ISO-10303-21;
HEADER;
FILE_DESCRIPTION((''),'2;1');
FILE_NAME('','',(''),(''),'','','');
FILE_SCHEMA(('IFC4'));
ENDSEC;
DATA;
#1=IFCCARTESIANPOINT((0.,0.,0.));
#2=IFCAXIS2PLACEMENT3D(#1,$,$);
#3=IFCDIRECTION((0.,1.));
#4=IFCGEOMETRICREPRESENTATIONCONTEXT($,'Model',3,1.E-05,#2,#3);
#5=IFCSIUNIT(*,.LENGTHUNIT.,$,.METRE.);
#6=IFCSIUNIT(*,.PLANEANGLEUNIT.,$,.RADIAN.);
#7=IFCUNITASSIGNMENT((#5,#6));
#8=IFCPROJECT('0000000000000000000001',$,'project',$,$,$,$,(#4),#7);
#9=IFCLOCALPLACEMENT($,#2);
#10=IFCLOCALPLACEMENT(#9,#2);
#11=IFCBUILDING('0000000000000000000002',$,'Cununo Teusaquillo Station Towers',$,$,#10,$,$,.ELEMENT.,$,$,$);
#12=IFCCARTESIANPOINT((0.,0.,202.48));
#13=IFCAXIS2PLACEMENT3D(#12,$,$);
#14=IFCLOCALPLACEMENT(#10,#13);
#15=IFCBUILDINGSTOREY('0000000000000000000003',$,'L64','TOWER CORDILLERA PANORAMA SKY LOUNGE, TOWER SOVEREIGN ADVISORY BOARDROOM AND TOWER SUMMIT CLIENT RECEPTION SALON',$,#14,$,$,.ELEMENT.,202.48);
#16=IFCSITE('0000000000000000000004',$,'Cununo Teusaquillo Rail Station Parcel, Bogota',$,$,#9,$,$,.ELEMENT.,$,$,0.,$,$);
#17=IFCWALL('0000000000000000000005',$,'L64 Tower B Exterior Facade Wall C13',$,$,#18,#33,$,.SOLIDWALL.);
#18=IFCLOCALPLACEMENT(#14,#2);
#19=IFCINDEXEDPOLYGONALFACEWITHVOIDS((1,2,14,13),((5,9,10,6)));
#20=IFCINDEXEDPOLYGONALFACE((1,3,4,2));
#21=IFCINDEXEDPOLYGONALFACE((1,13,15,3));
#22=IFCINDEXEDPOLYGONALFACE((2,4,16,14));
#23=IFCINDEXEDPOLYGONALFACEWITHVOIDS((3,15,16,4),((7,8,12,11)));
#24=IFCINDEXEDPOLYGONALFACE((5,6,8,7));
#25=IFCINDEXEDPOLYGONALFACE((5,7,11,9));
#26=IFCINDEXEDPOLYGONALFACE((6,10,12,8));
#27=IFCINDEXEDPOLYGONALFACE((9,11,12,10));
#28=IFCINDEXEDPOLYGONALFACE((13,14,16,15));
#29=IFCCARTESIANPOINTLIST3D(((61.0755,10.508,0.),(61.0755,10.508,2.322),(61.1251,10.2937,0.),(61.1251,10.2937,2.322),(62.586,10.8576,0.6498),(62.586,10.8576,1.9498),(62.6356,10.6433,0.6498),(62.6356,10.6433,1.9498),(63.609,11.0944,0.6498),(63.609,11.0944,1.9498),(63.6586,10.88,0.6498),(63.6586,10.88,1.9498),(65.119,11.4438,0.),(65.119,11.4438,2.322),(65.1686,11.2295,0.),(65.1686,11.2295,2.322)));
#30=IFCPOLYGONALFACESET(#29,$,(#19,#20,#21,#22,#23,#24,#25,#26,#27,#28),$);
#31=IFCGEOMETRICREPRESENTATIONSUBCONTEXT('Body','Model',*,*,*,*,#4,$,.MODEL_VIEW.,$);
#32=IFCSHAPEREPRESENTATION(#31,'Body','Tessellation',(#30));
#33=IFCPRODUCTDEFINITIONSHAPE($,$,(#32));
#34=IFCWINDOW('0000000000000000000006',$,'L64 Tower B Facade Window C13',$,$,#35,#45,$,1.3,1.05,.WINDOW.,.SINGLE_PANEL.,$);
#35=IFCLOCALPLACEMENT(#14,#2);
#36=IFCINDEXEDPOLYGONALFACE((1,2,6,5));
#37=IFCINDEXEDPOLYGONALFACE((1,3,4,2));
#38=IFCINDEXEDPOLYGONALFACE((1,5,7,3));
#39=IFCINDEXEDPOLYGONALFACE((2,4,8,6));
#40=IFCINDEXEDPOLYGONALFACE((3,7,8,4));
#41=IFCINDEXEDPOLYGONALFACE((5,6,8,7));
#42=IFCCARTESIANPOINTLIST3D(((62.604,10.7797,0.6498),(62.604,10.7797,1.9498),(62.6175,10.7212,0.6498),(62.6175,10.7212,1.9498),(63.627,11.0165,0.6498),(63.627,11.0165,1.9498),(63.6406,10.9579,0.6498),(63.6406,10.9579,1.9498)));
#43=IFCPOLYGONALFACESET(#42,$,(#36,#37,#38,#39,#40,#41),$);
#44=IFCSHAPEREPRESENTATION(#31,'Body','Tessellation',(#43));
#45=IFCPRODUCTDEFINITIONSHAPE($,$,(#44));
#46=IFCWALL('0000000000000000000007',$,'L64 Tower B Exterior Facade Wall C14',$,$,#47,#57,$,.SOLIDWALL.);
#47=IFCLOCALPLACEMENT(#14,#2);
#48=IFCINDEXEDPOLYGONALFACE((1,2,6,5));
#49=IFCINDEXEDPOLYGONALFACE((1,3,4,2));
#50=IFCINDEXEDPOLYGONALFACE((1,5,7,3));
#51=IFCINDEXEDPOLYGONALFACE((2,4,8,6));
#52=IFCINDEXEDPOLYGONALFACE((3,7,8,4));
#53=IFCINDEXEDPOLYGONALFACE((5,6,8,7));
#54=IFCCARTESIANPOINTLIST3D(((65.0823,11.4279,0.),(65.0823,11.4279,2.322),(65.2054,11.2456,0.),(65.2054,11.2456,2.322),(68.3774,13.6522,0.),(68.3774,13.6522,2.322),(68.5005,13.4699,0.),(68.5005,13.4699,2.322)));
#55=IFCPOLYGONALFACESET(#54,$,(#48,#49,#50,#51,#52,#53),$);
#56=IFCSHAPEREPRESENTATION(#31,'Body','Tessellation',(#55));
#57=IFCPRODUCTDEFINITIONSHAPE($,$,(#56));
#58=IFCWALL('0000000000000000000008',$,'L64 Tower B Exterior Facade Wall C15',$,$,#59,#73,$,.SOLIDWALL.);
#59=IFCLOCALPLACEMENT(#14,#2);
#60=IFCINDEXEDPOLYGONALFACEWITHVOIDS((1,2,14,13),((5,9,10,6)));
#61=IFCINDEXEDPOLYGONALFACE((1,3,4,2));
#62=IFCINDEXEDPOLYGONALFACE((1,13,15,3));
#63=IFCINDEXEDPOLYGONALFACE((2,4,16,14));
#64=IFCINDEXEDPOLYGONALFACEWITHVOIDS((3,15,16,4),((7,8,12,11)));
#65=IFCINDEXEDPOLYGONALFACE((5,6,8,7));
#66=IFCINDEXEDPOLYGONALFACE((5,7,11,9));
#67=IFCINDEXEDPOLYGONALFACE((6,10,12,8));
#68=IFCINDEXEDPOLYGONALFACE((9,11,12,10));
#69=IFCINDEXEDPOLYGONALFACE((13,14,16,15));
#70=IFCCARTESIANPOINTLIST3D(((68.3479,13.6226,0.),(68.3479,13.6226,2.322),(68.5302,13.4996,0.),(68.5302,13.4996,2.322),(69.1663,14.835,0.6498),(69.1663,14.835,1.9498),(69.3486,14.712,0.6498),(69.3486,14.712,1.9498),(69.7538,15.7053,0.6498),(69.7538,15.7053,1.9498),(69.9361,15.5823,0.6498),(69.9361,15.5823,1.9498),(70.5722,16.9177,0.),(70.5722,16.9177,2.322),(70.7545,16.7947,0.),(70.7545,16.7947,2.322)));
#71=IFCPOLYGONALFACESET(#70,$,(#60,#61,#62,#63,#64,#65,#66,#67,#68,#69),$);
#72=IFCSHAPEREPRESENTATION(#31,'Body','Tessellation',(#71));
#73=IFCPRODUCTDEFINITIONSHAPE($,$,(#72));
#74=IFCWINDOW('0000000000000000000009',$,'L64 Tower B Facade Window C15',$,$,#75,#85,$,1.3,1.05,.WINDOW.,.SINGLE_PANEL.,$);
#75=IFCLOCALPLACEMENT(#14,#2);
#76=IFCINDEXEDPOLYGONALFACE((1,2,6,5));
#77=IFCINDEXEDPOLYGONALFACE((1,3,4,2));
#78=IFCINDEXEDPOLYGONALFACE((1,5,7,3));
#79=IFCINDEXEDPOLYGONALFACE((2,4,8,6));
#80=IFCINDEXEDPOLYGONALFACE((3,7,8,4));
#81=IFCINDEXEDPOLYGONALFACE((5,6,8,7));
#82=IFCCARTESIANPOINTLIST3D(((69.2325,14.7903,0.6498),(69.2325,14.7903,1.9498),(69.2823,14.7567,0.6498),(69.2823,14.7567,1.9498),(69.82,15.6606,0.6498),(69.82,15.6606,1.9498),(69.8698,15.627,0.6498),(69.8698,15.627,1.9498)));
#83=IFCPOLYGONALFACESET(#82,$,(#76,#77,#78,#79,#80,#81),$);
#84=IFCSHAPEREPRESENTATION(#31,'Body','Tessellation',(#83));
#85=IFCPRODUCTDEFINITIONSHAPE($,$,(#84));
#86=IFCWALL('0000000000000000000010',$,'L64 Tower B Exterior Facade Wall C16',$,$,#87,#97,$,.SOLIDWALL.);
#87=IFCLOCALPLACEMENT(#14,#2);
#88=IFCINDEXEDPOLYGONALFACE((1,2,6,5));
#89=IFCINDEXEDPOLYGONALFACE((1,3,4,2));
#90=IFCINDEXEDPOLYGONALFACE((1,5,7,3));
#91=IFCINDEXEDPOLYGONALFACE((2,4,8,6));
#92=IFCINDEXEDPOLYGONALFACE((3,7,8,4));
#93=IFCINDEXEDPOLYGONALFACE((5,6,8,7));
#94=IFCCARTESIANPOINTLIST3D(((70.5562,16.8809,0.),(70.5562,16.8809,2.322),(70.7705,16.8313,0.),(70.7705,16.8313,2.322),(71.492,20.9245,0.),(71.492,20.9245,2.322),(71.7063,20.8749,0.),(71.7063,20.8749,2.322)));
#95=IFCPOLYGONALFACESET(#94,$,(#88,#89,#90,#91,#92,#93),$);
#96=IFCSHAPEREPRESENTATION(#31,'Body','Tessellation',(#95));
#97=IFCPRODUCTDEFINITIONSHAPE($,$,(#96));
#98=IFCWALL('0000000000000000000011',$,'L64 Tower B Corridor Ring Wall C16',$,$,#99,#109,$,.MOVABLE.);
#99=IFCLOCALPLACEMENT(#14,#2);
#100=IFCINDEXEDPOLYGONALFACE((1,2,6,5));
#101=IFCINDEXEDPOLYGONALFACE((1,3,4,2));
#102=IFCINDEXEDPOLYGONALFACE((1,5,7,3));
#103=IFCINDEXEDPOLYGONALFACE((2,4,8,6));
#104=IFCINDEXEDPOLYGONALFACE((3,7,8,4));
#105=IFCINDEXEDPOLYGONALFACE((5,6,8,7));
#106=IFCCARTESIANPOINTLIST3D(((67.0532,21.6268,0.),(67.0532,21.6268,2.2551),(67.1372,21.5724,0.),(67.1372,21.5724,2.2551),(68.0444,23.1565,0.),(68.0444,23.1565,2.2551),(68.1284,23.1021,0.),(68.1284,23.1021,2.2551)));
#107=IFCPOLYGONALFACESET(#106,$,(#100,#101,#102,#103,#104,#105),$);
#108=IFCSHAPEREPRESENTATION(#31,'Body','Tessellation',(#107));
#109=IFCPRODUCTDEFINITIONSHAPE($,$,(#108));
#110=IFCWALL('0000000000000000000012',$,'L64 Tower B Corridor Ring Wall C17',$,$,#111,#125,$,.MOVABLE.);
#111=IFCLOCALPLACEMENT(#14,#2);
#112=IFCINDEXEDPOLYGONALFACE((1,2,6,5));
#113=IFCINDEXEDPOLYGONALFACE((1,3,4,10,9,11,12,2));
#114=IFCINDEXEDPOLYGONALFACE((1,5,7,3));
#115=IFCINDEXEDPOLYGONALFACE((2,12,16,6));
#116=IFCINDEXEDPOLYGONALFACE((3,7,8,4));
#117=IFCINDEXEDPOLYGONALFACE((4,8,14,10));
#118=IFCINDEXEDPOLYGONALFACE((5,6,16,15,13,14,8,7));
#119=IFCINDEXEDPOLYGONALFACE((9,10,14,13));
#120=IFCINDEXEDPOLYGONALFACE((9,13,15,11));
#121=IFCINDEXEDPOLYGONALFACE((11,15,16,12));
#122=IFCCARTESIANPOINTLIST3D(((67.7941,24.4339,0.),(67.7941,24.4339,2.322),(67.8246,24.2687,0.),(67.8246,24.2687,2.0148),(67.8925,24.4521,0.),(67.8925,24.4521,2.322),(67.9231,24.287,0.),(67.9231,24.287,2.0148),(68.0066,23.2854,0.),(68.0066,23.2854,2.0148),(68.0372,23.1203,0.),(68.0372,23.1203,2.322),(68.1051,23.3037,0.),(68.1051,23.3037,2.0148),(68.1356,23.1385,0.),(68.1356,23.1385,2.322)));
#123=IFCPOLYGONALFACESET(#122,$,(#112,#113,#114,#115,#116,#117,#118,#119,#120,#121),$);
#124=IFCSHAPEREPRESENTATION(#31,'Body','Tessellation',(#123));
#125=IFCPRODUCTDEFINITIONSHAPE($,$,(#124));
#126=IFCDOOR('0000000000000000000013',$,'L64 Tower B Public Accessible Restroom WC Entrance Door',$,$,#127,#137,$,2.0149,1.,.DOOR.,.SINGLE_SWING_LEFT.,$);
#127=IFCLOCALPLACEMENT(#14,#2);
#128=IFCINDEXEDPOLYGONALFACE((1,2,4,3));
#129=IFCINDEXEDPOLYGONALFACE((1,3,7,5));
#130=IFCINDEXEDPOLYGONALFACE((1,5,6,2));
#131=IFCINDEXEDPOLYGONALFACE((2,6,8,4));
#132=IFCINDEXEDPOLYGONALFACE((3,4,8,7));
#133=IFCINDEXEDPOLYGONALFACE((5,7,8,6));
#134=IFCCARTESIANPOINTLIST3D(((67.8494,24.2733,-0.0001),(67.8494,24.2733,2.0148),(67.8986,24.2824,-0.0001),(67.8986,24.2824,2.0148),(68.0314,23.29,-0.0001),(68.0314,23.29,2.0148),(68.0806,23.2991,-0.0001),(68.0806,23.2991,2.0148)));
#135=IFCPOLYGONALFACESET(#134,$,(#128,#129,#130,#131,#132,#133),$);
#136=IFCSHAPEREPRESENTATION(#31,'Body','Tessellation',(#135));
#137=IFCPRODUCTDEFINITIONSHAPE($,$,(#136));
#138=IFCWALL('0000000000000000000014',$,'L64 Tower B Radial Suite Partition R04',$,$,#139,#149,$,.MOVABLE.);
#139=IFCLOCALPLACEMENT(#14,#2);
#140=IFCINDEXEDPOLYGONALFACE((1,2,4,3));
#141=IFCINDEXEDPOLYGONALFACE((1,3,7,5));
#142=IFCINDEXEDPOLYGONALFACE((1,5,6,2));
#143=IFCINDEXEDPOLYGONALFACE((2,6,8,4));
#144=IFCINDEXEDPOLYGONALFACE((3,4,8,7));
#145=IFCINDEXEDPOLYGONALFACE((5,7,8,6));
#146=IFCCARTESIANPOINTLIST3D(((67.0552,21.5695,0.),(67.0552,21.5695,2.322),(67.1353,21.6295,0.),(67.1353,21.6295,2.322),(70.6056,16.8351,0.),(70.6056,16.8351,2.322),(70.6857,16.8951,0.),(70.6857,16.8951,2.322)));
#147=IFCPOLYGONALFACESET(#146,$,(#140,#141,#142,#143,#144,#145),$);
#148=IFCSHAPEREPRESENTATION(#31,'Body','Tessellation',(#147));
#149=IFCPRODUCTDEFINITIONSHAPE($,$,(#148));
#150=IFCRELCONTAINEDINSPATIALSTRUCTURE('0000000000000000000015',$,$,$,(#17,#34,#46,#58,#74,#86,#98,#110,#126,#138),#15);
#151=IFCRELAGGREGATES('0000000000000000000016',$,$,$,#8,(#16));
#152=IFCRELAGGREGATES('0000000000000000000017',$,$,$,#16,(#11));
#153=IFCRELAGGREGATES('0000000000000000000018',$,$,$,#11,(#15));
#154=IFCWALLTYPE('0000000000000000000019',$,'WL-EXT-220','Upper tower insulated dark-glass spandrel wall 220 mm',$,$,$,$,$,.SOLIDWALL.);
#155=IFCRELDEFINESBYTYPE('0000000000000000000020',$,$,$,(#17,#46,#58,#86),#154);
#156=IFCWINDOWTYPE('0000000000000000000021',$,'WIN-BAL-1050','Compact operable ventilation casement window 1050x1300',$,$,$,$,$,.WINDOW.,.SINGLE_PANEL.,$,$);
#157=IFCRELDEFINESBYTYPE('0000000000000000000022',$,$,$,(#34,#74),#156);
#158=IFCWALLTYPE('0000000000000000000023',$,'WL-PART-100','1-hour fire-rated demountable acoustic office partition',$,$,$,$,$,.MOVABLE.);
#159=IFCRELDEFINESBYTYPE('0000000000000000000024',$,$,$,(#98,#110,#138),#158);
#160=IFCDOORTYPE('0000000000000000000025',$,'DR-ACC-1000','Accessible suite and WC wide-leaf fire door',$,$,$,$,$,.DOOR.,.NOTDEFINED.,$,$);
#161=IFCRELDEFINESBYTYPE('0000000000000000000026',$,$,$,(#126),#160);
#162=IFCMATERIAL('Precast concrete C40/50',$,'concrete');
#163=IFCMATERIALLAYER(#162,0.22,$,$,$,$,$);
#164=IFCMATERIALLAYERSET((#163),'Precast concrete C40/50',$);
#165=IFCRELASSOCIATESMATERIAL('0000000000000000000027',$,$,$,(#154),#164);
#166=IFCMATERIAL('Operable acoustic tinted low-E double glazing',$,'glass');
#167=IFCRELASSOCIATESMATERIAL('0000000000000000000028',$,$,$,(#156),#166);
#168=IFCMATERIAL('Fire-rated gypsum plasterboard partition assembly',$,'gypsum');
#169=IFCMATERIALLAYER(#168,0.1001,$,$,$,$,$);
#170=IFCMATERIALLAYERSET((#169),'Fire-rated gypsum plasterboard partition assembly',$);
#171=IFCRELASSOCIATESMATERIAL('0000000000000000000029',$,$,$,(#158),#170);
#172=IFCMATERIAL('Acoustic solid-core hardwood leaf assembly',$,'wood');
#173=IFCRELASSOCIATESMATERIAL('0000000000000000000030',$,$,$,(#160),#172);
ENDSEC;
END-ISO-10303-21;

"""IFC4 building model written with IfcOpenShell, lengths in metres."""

from ifc_helpers import new_model, si_unit, direction, frame, frame_2d, origin, place, context, subcontext, project, spatial, rectangle, extrude, source, transform, mapped, material, layer, layer_set, type_object, element, fill, save


model = new_model("IFC4")

# Units and contexts
model_context = context("Model", 3, precision=1e-05, world=origin(), true_north=direction((0.0, 1.0)))
body_context = subcontext(model_context, "Body", "Model", "MODEL_VIEW")
ifc_project = project(units=[si_unit("LENGTHUNIT", "METRE"), si_unit("PLANEANGLEUNIT", "RADIAN")], contexts=[model_context])

# Site, building, storey
site_placement = place(None, origin())
site = spatial("IfcSite", under=ifc_project, at=site_placement, Name="Cununo Teusaquillo Rail Station Parcel, Bogota", CompositionType="ELEMENT", RefElevation=0.0)
building_placement = place(site_placement, origin())
building = spatial("IfcBuilding", under=site, at=building_placement, Name="Cununo Teusaquillo Station Towers", CompositionType="ELEMENT")
storey_placement = place(building_placement, frame((0.0, 0.0, 202.48)))
storey = spatial("IfcBuildingStorey", under=building, at=storey_placement, Name="L64", Description="TOWER CORDILLERA PANORAMA SKY LOUNGE, TOWER SOVEREIGN ADVISORY BOARDROOM AND TOWER SUMMIT CLIENT RECEPTION SALON", CompositionType="ELEMENT", Elevation=202.48)

# Wall, opening, window
ifc_material_1 = material(Name="Precast concrete C40/50", Category="concrete")
ifc_layer_1 = layer(ifc_material_1, 0.22)
ifc_layer_set_1 = layer_set([ifc_layer_1], Name="Precast concrete C40/50")
wall_type_1 = type_object("IfcWallType", Name="WL-EXT-220", Description="Upper tower insulated dark-glass spandrel wall 220 mm", PredefinedType="SOLIDWALL", material=ifc_layer_set_1)
wall_1_placement = place(storey_placement, frame((65.1438, 11.3367, 0.0), z_axis=(0.0, 0.0, 1.0), x_axis=(-0.974249, -0.225474, 0.0)))
wall_1 = element("IfcWall", 1, at=wall_1_placement, inside=storey, type_object=wall_type_1, Name="L64 Tower B Exterior Facade Wall C13", PredefinedType="SOLIDWALL", context=body_context, shape_type="SweptSolid", body=[
    extrude(rectangle(XDim=4.1504, YDim=0.22, at=frame_2d((2.0752, 0.0))), origin(), (0.0, 0.0, 1.0), 2.322),
])
shared_shape_1 = source(origin(), body_context, "Body", "SweptSolid", [
    extrude(rectangle(XDim=1.05, YDim=1.3, at=frame_2d((0.5249, 0.6499))), frame((0.0, 0.1199, 0.0), z_axis=(0.0, -1.0, 0.0), x_axis=(1.0, 0.0, 0.0)), (0.0, 0.0, 1.0), 0.24),
])
opening_1_placement = place(wall_1_placement, frame((1.55, 0.0, 0.6499)))
opening_1 = element("IfcOpeningElement", 2, at=opening_1_placement, cuts=wall_1, PredefinedType="OPENING", context=body_context, shape_type="MappedRepresentation", body=[
    mapped(shared_shape_1, transform((0.0, 0.0, 0.0), x_axis=(1.0, 0.0, 0.0), y_axis=(0.0, 1.0, 0.0), z_axis=(0.0, 0.0, 1.0), scale=1.0)),
])
ifc_material_2 = material(Name="Operable acoustic tinted low-E double glazing", Category="glass")
window_type = type_object("IfcWindowType", Name="WIN-BAL-1050", Description="Compact operable ventilation casement window 1050x1300", PartitioningType="SINGLE_PANEL", PredefinedType="WINDOW", material=ifc_material_2)
shared_shape_2 = source(origin(), body_context, "Body", "SweptSolid", [
    extrude(rectangle(XDim=1.05, YDim=1.3, at=frame_2d((0.5249, 0.6499))), frame((0.0, 0.03, 0.0), z_axis=(0.0, -1.0, 0.0), x_axis=(1.0, 0.0, 0.0)), (0.0, 0.0, 1.0), 0.0601),
])
window_1_placement = place(opening_1_placement, origin())
window_1 = element("IfcWindow", 3, at=window_1_placement, inside=storey, type_object=window_type, Name="L64 Tower B Facade Window C13", OverallHeight=1.3, OverallWidth=1.05, PartitioningType="SINGLE_PANEL", PredefinedType="WINDOW", context=body_context, shape_type="MappedRepresentation", body=[
    mapped(shared_shape_2, transform((0.0, 0.0, 0.0), x_axis=(1.0, 0.0, 0.0), y_axis=(0.0, 1.0, 0.0), z_axis=(0.0, 0.0, 1.0), scale=1.0)),
])
fill(opening_1, window_1)

# Wall
wall_2_placement = place(storey_placement, frame((68.439, 13.561, 0.0), z_axis=(0.0, 0.0, 1.0), x_axis=(-0.828834, -0.559495, 0.0)))
element("IfcWall", 4, at=wall_2_placement, inside=storey, type_object=wall_type_1, Name="L64 Tower B Exterior Facade Wall C14", PredefinedType="SOLIDWALL", context=body_context, shape_type="SweptSolid", body=[
    extrude(rectangle(XDim=3.9756, YDim=0.22, at=frame_2d((1.9878, 0.0))), origin(), (0.0, 0.0, 1.0), 2.322),
])

# Wall, opening, window
wall_3_placement = place(storey_placement, frame((70.6633, 16.8562, 0.0), z_axis=(0.0, 0.0, 1.0), x_axis=(-0.559495, -0.828834, 0.0)))
wall_3 = element("IfcWall", 5, at=wall_3_placement, inside=storey, type_object=wall_type_1, Name="L64 Tower B Exterior Facade Wall C15", PredefinedType="SOLIDWALL", context=body_context, shape_type="SweptSolid", body=[
    extrude(rectangle(XDim=3.9756, YDim=0.22, at=frame_2d((1.9878, 0.0))), origin(), (0.0, 0.0, 1.0), 2.322),
])
opening_2_placement = place(wall_3_placement, frame((1.4629, 0.0, 0.6499)))
opening_2 = element("IfcOpeningElement", 6, at=opening_2_placement, cuts=wall_3, PredefinedType="OPENING", context=body_context, shape_type="MappedRepresentation", body=[
    mapped(shared_shape_1, transform((0.0, 0.0, 0.0), x_axis=(1.0, 0.0, 0.0), y_axis=(0.0, 1.0, 0.0), z_axis=(0.0, 0.0, 1.0), scale=1.0)),
])
window_2_placement = place(opening_2_placement, origin())
window_2 = element("IfcWindow", 7, at=window_2_placement, inside=storey, type_object=window_type, Name="L64 Tower B Facade Window C15", OverallHeight=1.3, OverallWidth=1.05, PartitioningType="SINGLE_PANEL", PredefinedType="WINDOW", context=body_context, shape_type="MappedRepresentation", body=[
    mapped(shared_shape_2, transform((0.0, 0.0, 0.0), x_axis=(1.0, 0.0, 0.0), y_axis=(0.0, 1.0, 0.0), z_axis=(0.0, 0.0, 1.0), scale=1.0)),
])
fill(opening_2, window_2)

# Walls
wall_4_placement = place(storey_placement, frame((71.5991, 20.8997, 0.0), z_axis=(0.0, 0.0, 1.0), x_axis=(-0.225474, -0.974249, 0.0)))
element("IfcWall", 8, at=wall_4_placement, inside=storey, type_object=wall_type_1, Name="L64 Tower B Exterior Facade Wall C16", PredefinedType="SOLIDWALL", context=body_context, shape_type="SweptSolid", body=[
    extrude(rectangle(XDim=4.1504, YDim=0.22, at=frame_2d((2.0752, 0.0))), origin(), (0.0, 0.0, 1.0), 2.322),
])
ifc_material_3 = material(Name="Fire-rated gypsum plasterboard partition assembly", Category="gypsum")
ifc_layer_2 = layer(ifc_material_3, 0.1001)
ifc_layer_set_2 = layer_set([ifc_layer_2], Name="Fire-rated gypsum plasterboard partition assembly")
wall_type_2 = type_object("IfcWallType", Name="WL-PART-100", Description="1-hour fire-rated demountable acoustic office partition", PredefinedType="MOVABLE", material=ifc_layer_set_2)
wall_5_placement = place(storey_placement, frame((67.0952, 21.5996, 0.0), z_axis=(0.0, 0.0, 1.0), x_axis=(0.543773, 0.839232, 0.0)))
element("IfcWall", 9, at=wall_5_placement, inside=storey, type_object=wall_type_2, Name="L64 Tower B Corridor Ring Wall C16", PredefinedType="MOVABLE", context=body_context, shape_type="SweptSolid", body=[
    extrude(rectangle(XDim=1.8228, YDim=0.1001, at=frame_2d((0.9114, 0.0))), origin(), (0.0, 0.0, 1.0), 2.2551),
])

# Wall, opening, door
wall_6_placement = place(storey_placement, frame((68.0864, 23.1294, 0.0), z_axis=(0.0, 0.0, 1.0), x_axis=(-0.182004, 0.983298, 0.0)))
wall_6 = element("IfcWall", 10, at=wall_6_placement, inside=storey, type_object=wall_type_2, Name="L64 Tower B Corridor Ring Wall C17", PredefinedType="MOVABLE", context=body_context, shape_type="SweptSolid", body=[
    extrude(rectangle(XDim=1.3359, YDim=0.1001, at=frame_2d((0.668, 0.0))), origin(), (0.0, 0.0, 1.0), 2.322),
])
shared_shape_3 = source(origin(), body_context, "Body", "SweptSolid", [
    extrude(rectangle(XDim=1.0, YDim=2.0149, at=frame_2d((0.5, 1.0073))), frame((0.0, 0.0601, 0.0), z_axis=(0.0, -1.0, 0.0), x_axis=(1.0, 0.0, 0.0)), (0.0, 0.0, 1.0), 0.1201),
])
opening_3_placement = place(wall_6_placement, frame((0.168, 0.0, 0.0)))
opening_3 = element("IfcOpeningElement", 11, at=opening_3_placement, cuts=wall_6, PredefinedType="OPENING", context=body_context, shape_type="MappedRepresentation", body=[
    mapped(shared_shape_3, transform((0.0, 0.0, 0.0), x_axis=(1.0, 0.0, 0.0), y_axis=(0.0, 1.0, 0.0), z_axis=(0.0, 0.0, 1.0), scale=1.0)),
])
ifc_material_4 = material(Name="Acoustic solid-core hardwood leaf assembly", Category="wood")
door_type = type_object("IfcDoorType", Name="DR-ACC-1000", Description="Accessible suite and WC wide-leaf fire door", OperationType="NOTDEFINED", PredefinedType="DOOR", material=ifc_material_4)
shared_shape_4 = source(origin(), body_context, "Body", "SweptSolid", [
    extrude(rectangle(XDim=1.0, YDim=2.0149, at=frame_2d((0.5, 1.0073))), frame((0.0, 0.0249, 0.0), z_axis=(0.0, -1.0, 0.0), x_axis=(1.0, 0.0, 0.0)), (0.0, 0.0, 1.0), 0.05),
])
door_placement = place(opening_3_placement, origin())
door = element("IfcDoor", 12, at=door_placement, inside=storey, type_object=door_type, Name="L64 Tower B Public Accessible Restroom WC Entrance Door", OperationType="SINGLE_SWING_LEFT", OverallHeight=2.0149, OverallWidth=1.0, PredefinedType="DOOR", context=body_context, shape_type="MappedRepresentation", body=[
    mapped(shared_shape_4, transform((0.0, 0.0, 0.0), x_axis=(1.0, 0.0, 0.0), y_axis=(0.0, 1.0, 0.0), z_axis=(0.0, 0.0, 1.0), scale=1.0)),
])
fill(opening_3, door)

# Wall
wall_7_placement = place(storey_placement, frame((67.0952, 21.5996, 0.0), z_axis=(0.0, 0.0, 1.0), x_axis=(0.599947, -0.80004, 0.0)))
element("IfcWall", 13, at=wall_7_placement, inside=storey, type_object=wall_type_2, Name="L64 Tower B Radial Suite Partition R04", PredefinedType="MOVABLE", context=body_context, shape_type="SweptSolid", body=[
    extrude(rectangle(XDim=5.9177, YDim=0.1001, at=frame_2d((2.959, 0.0))), origin(), (0.0, 0.0, 1.0), 2.322),
])

save(model, "model.ifc")
